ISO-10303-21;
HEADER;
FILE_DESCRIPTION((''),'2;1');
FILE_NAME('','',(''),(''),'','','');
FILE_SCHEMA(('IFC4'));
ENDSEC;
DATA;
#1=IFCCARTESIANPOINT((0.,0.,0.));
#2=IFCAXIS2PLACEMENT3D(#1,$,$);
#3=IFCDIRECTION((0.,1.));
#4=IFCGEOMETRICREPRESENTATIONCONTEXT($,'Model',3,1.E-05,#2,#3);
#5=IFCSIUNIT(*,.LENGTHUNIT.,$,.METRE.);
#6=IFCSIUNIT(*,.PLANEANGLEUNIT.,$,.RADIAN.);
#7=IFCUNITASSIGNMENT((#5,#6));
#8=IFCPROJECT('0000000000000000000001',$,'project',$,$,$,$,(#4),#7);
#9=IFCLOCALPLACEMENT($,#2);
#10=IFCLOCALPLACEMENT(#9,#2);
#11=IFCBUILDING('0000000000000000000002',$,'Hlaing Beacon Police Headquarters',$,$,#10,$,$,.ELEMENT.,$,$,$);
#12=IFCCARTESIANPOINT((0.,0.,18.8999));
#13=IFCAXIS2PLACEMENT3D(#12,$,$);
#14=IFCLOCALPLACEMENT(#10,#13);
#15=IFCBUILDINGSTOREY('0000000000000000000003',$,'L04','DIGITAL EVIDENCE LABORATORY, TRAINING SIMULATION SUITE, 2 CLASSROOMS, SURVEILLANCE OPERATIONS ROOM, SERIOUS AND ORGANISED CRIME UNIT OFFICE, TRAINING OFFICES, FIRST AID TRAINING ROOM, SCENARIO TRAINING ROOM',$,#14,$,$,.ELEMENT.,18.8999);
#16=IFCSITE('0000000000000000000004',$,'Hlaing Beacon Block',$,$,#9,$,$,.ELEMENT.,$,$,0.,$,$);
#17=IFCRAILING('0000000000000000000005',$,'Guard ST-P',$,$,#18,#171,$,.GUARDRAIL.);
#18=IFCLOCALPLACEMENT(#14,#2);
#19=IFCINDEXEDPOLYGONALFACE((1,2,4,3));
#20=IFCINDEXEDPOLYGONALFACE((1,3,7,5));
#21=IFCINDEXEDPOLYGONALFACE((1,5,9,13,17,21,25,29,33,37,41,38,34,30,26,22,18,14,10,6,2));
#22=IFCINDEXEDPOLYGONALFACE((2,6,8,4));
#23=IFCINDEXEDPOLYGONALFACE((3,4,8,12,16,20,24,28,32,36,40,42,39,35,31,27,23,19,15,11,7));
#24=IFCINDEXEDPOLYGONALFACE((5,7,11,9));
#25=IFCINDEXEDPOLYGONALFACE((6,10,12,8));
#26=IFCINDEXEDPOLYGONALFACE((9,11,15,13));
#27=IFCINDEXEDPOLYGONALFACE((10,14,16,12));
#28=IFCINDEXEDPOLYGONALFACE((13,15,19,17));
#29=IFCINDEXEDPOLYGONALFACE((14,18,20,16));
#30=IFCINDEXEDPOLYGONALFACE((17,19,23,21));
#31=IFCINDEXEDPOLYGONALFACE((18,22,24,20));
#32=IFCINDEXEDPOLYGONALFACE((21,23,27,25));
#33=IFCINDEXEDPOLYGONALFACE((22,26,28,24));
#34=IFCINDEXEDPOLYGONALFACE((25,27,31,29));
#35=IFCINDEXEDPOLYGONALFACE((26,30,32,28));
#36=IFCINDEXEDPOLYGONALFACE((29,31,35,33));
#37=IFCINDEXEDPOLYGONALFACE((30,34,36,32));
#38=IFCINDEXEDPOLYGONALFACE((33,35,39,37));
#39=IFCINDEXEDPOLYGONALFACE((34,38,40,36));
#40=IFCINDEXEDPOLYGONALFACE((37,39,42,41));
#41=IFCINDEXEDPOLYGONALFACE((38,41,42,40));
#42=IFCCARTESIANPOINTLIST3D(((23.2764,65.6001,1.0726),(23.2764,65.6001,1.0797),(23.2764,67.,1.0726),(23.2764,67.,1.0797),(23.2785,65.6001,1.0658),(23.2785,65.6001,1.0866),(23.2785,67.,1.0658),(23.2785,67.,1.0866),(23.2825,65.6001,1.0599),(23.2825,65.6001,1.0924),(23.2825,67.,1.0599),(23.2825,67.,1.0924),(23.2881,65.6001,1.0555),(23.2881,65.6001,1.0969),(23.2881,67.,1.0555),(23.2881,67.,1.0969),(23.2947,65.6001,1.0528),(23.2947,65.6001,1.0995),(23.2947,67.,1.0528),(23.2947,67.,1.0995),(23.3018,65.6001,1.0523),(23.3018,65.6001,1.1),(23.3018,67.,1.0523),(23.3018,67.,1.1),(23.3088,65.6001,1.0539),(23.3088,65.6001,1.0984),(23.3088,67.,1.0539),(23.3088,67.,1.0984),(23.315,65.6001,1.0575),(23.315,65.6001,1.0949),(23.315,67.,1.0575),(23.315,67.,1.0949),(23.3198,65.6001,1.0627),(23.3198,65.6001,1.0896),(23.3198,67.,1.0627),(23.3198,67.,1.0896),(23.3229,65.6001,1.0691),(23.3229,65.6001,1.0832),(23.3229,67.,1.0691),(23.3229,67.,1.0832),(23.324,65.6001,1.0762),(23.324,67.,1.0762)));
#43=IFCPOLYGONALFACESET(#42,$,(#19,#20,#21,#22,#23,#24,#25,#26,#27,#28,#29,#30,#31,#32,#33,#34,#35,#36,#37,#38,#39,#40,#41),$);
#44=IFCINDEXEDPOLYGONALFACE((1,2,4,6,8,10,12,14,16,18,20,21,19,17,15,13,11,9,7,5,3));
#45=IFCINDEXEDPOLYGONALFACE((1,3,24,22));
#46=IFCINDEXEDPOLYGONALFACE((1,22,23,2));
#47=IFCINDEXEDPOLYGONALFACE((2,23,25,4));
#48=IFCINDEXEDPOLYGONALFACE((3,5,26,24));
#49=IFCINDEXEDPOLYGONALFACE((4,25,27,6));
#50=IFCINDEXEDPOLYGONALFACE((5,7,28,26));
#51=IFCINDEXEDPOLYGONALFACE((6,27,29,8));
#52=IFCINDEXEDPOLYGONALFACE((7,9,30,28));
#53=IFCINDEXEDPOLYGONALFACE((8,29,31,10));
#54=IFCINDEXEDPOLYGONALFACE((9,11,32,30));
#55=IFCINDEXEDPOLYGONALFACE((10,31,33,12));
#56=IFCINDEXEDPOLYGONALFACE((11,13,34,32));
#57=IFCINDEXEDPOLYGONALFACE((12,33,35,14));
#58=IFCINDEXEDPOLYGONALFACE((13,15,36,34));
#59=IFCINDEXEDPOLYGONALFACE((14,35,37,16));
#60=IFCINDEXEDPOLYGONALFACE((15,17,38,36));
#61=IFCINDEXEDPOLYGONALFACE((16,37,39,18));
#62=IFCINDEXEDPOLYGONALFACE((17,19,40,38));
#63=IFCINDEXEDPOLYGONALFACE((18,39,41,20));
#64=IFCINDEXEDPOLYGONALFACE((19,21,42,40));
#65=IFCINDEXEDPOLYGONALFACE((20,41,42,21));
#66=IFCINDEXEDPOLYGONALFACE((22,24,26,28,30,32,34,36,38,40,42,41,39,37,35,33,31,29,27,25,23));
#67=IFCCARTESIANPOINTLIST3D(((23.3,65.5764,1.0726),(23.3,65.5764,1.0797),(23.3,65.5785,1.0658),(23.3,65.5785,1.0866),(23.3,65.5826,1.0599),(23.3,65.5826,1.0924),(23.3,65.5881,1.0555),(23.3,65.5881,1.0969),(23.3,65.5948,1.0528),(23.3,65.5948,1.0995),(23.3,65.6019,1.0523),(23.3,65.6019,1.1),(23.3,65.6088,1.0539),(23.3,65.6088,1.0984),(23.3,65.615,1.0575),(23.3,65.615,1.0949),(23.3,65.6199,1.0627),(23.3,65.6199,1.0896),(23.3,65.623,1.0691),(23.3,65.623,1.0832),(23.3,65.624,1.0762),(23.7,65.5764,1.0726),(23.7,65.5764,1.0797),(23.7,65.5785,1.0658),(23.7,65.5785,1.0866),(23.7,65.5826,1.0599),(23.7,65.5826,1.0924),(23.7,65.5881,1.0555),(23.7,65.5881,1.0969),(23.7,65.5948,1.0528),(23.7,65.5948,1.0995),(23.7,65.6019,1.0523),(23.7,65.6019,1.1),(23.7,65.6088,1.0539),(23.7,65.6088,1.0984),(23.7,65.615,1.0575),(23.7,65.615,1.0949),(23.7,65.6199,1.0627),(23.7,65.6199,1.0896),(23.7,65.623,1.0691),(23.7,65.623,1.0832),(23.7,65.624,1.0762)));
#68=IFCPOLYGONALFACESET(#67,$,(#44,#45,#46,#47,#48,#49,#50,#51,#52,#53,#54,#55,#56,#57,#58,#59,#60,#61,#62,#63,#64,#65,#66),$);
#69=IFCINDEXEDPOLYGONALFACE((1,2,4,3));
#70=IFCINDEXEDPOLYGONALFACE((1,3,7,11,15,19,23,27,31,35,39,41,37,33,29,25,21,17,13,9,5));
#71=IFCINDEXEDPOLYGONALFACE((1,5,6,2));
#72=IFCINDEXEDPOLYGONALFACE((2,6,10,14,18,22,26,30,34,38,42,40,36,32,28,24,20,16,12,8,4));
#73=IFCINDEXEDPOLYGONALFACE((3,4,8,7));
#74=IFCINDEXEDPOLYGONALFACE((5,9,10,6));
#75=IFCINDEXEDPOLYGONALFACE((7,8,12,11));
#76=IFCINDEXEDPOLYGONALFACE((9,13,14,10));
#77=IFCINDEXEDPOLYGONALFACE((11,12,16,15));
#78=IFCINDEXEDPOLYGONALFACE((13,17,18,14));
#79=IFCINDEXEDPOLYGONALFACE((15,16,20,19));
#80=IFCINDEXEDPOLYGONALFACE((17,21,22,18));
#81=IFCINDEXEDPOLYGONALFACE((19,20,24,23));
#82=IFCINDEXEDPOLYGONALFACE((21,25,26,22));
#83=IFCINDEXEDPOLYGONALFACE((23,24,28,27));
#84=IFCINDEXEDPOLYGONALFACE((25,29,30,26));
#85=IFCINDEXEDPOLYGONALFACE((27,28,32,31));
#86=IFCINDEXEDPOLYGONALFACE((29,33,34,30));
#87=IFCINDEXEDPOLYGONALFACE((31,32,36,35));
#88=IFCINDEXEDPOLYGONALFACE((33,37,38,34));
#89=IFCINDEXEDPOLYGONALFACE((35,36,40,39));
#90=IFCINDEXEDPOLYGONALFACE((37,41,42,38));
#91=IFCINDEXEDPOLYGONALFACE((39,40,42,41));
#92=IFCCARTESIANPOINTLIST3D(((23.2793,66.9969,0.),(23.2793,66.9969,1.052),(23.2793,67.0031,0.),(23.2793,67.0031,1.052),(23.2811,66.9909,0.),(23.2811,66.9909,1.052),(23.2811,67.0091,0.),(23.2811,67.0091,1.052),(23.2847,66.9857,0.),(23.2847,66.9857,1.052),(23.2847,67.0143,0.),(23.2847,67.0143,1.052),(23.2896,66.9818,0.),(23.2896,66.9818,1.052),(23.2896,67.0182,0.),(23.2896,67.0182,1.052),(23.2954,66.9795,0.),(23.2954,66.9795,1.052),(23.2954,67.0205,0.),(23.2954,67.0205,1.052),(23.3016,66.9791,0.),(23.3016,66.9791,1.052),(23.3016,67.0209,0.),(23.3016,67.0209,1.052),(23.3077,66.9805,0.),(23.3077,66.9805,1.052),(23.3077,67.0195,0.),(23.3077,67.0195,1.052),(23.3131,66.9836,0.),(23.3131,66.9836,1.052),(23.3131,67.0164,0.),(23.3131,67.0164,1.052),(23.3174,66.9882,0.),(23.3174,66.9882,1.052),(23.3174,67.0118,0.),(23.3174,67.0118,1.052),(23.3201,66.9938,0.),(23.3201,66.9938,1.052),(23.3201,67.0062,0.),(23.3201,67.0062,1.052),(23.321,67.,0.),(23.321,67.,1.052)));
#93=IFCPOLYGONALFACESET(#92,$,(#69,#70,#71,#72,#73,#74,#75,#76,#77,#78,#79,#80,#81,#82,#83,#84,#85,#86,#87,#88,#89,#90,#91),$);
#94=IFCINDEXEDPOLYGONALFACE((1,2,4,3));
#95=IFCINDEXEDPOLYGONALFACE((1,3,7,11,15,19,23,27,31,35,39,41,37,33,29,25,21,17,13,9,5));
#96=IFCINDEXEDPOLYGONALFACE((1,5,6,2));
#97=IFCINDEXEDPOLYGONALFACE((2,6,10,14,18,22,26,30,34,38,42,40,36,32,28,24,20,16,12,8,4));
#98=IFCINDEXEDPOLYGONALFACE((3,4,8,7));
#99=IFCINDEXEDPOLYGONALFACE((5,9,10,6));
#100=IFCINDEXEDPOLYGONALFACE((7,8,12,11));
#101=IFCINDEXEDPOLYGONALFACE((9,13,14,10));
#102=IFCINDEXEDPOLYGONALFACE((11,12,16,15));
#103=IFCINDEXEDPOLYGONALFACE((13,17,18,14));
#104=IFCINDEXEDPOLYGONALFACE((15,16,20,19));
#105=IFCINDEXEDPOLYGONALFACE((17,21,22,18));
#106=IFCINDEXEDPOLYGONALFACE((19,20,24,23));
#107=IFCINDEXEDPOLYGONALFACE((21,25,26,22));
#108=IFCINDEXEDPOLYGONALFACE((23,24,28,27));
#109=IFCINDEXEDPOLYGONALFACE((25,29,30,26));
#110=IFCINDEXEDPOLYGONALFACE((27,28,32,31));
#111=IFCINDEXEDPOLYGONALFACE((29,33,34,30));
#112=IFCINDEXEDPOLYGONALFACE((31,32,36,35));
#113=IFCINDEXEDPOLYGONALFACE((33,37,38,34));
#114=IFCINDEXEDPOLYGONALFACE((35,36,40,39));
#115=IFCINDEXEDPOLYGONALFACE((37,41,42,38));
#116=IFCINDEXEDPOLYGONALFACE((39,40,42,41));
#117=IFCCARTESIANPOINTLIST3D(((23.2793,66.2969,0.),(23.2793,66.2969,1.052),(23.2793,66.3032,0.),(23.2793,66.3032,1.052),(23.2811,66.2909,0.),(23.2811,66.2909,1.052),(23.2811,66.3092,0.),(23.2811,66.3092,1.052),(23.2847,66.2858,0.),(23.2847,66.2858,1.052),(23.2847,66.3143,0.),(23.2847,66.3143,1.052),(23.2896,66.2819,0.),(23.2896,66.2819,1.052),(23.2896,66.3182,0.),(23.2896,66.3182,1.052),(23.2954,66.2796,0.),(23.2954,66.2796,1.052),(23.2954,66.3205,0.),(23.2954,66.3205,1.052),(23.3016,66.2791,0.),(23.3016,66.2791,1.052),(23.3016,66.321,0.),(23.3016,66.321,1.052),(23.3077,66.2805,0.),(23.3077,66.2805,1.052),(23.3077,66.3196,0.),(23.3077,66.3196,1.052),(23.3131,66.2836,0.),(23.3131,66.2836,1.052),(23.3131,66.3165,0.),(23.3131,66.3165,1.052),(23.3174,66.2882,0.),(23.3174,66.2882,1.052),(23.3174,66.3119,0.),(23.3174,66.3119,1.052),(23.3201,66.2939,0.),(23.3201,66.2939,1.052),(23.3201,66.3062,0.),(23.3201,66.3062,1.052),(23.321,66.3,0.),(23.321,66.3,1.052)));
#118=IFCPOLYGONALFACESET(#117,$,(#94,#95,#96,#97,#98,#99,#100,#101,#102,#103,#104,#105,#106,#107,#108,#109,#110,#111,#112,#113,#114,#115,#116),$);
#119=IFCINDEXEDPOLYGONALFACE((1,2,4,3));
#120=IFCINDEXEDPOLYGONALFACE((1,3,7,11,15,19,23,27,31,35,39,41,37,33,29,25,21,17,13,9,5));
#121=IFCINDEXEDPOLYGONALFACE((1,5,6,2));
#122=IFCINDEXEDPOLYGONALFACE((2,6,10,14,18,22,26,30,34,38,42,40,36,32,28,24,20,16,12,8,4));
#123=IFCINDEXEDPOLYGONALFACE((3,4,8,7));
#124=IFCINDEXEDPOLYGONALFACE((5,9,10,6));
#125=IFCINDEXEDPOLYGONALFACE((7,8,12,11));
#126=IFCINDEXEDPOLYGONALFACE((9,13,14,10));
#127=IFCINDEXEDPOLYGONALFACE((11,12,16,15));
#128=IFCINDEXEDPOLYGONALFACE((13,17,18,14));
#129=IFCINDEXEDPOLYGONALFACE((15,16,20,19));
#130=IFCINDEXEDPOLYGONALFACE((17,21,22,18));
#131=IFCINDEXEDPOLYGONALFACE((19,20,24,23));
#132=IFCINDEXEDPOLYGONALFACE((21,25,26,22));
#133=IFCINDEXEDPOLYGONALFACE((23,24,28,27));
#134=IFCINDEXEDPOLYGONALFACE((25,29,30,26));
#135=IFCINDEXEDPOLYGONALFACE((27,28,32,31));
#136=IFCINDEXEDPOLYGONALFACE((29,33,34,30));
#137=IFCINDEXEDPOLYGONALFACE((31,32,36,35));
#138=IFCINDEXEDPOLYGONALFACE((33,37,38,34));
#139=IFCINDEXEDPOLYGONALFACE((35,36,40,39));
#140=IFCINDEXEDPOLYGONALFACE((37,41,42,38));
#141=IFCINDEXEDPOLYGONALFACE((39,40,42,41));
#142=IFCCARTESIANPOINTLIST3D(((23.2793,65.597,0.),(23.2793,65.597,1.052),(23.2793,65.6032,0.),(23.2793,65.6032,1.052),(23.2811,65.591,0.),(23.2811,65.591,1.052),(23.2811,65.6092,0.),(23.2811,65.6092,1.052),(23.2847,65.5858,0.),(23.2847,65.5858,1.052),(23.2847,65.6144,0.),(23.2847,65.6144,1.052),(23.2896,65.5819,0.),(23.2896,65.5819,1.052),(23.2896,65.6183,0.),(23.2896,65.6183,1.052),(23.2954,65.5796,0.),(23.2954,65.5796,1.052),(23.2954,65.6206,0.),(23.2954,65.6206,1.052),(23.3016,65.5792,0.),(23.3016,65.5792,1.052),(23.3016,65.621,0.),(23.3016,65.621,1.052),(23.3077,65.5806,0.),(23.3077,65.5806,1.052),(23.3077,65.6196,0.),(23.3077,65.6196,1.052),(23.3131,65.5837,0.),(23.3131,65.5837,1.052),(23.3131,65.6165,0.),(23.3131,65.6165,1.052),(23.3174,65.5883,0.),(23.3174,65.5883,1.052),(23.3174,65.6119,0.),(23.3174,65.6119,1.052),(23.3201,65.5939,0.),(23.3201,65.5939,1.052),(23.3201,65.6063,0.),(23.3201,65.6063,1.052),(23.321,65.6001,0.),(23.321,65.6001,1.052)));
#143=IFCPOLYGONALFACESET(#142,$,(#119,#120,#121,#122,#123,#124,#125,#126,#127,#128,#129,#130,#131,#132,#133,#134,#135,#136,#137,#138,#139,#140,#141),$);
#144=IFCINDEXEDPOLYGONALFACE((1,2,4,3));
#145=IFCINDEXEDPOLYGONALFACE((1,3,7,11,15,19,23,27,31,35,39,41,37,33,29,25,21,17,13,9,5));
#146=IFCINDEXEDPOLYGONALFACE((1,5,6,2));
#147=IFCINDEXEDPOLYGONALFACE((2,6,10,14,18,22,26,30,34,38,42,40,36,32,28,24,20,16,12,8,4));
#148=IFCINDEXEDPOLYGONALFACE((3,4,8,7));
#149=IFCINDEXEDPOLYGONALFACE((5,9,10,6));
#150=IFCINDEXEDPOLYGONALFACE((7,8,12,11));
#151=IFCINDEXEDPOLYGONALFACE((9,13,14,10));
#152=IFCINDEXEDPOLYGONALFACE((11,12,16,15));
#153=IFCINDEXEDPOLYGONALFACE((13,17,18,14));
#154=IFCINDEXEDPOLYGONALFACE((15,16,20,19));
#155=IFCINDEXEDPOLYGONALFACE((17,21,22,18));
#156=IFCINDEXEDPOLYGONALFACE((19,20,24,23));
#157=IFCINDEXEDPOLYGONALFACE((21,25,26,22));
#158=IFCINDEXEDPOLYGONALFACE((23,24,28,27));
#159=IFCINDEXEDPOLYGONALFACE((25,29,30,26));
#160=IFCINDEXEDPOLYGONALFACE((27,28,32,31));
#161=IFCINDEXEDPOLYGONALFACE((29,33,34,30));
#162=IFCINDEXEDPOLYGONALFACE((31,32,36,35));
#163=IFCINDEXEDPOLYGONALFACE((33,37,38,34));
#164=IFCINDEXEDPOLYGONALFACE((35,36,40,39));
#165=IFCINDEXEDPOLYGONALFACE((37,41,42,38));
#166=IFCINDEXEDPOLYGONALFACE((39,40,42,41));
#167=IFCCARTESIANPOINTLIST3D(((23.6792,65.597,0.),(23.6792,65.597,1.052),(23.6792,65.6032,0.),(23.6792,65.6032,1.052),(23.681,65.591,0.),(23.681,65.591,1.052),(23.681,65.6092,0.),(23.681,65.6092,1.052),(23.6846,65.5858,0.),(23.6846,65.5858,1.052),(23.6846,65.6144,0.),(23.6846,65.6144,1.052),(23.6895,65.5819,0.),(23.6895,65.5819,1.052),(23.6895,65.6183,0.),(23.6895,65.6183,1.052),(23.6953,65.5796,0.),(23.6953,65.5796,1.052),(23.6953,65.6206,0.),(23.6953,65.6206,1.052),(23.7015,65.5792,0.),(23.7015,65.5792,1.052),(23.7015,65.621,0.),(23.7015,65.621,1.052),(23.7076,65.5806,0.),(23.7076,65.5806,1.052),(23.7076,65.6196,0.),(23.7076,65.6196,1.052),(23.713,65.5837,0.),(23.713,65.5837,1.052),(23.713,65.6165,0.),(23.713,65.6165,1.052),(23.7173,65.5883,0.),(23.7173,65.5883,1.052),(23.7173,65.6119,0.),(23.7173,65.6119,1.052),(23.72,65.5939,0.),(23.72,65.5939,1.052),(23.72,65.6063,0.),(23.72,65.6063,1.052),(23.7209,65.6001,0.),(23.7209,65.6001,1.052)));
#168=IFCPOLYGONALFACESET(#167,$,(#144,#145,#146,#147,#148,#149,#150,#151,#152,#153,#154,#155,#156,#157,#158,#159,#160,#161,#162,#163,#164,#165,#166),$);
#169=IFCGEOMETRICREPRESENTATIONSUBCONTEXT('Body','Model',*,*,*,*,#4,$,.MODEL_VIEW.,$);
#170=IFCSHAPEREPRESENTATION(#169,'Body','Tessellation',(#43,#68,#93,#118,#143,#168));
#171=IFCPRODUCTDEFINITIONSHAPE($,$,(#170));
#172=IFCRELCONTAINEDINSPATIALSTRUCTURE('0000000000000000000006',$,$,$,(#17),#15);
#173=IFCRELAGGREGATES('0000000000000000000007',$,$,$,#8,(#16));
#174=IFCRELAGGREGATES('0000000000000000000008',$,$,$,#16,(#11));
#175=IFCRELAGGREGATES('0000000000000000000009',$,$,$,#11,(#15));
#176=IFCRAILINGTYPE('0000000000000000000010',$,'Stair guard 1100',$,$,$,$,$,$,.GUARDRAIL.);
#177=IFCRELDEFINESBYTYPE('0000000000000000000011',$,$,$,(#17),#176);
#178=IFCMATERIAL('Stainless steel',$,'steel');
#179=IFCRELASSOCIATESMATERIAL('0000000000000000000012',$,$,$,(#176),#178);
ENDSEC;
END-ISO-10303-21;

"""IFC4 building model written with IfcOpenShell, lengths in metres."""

from ifc_helpers import new_model, si_unit, direction, frame, origin, origin_2d, place, context, subcontext, project, spatial, circle, extrude, material, type_object, element, save


model = new_model("IFC4")

# Units and contexts
model_context = context("Model", 3, precision=1e-05, world=origin(), true_north=direction((0.0, 1.0)))
body_context = subcontext(model_context, "Body", "Model", "MODEL_VIEW")
ifc_project = project(units=[si_unit("LENGTHUNIT", "METRE"), si_unit("PLANEANGLEUNIT", "RADIAN")], contexts=[model_context])

# Site, building, storey
site_placement = place(None, origin())
site = spatial("IfcSite", under=ifc_project, at=site_placement, Name="Hlaing Beacon Block", CompositionType="ELEMENT", RefElevation=0.0)
building_placement = place(site_placement, origin())
building = spatial("IfcBuilding", under=site, at=building_placement, Name="Hlaing Beacon Police Headquarters", CompositionType="ELEMENT")
storey_placement = place(building_placement, frame((0.0, 0.0, 18.8999)))
storey = spatial("IfcBuildingStorey", under=building, at=storey_placement, Name="L04", Description="DIGITAL EVIDENCE LABORATORY, TRAINING SIMULATION SUITE, 2 CLASSROOMS, SURVEILLANCE OPERATIONS ROOM, SERIOUS AND ORGANISED CRIME UNIT OFFICE, TRAINING OFFICES, FIRST AID TRAINING ROOM, SCENARIO TRAINING ROOM", CompositionType="ELEMENT", Elevation=18.8999)

# Railing
ifc_material_1 = material(Name="Stainless steel", Category="steel")
railing_type_1 = type_object("IfcRailingType", Name="Stair guard 1100", PredefinedType="GUARDRAIL", material=ifc_material_1)
railing_1_placement = place(storey_placement, frame((23.3, 67.0, 0.0)))
element("IfcRailing", 1, at=railing_1_placement, inside=storey, type_object=railing_type_1, Name="Guard ST-P", PredefinedType="GUARDRAIL", context=body_context, shape_type="SweptSolid", body=[
    extrude(circle(Radius=0.0239, at=origin_2d()), frame((0.0, 0.0, 1.0762), z_axis=(0.0, -1.0, 0.0), x_axis=(1.0, 0.0, 0.0)), (0.0, 0.0, 1.0), 1.3999),
    extrude(circle(Radius=0.0239, at=origin_2d()), frame((0.0, -1.3999, 1.0762), z_axis=(1.0, 0.0, 0.0), x_axis=(0.0, 1.0, 0.0)), (0.0, 0.0, 1.0), 0.3999),
    extrude(circle(Radius=0.021, at=origin_2d()), origin(), (0.0, 0.0, 1.0), 1.052),
    extrude(circle(Radius=0.021, at=origin_2d()), frame((0.0, -0.7, 0.0)), (0.0, 0.0, 1.0), 1.052),
    extrude(circle(Radius=0.021, at=origin_2d()), frame((0.0, -1.3999, 0.0)), (0.0, 0.0, 1.0), 1.052),
    extrude(circle(Radius=0.021, at=origin_2d()), frame((0.3999, -1.3999, 0.0)), (0.0, 0.0, 1.0), 1.052),
])

save(model, "model.ifc")
